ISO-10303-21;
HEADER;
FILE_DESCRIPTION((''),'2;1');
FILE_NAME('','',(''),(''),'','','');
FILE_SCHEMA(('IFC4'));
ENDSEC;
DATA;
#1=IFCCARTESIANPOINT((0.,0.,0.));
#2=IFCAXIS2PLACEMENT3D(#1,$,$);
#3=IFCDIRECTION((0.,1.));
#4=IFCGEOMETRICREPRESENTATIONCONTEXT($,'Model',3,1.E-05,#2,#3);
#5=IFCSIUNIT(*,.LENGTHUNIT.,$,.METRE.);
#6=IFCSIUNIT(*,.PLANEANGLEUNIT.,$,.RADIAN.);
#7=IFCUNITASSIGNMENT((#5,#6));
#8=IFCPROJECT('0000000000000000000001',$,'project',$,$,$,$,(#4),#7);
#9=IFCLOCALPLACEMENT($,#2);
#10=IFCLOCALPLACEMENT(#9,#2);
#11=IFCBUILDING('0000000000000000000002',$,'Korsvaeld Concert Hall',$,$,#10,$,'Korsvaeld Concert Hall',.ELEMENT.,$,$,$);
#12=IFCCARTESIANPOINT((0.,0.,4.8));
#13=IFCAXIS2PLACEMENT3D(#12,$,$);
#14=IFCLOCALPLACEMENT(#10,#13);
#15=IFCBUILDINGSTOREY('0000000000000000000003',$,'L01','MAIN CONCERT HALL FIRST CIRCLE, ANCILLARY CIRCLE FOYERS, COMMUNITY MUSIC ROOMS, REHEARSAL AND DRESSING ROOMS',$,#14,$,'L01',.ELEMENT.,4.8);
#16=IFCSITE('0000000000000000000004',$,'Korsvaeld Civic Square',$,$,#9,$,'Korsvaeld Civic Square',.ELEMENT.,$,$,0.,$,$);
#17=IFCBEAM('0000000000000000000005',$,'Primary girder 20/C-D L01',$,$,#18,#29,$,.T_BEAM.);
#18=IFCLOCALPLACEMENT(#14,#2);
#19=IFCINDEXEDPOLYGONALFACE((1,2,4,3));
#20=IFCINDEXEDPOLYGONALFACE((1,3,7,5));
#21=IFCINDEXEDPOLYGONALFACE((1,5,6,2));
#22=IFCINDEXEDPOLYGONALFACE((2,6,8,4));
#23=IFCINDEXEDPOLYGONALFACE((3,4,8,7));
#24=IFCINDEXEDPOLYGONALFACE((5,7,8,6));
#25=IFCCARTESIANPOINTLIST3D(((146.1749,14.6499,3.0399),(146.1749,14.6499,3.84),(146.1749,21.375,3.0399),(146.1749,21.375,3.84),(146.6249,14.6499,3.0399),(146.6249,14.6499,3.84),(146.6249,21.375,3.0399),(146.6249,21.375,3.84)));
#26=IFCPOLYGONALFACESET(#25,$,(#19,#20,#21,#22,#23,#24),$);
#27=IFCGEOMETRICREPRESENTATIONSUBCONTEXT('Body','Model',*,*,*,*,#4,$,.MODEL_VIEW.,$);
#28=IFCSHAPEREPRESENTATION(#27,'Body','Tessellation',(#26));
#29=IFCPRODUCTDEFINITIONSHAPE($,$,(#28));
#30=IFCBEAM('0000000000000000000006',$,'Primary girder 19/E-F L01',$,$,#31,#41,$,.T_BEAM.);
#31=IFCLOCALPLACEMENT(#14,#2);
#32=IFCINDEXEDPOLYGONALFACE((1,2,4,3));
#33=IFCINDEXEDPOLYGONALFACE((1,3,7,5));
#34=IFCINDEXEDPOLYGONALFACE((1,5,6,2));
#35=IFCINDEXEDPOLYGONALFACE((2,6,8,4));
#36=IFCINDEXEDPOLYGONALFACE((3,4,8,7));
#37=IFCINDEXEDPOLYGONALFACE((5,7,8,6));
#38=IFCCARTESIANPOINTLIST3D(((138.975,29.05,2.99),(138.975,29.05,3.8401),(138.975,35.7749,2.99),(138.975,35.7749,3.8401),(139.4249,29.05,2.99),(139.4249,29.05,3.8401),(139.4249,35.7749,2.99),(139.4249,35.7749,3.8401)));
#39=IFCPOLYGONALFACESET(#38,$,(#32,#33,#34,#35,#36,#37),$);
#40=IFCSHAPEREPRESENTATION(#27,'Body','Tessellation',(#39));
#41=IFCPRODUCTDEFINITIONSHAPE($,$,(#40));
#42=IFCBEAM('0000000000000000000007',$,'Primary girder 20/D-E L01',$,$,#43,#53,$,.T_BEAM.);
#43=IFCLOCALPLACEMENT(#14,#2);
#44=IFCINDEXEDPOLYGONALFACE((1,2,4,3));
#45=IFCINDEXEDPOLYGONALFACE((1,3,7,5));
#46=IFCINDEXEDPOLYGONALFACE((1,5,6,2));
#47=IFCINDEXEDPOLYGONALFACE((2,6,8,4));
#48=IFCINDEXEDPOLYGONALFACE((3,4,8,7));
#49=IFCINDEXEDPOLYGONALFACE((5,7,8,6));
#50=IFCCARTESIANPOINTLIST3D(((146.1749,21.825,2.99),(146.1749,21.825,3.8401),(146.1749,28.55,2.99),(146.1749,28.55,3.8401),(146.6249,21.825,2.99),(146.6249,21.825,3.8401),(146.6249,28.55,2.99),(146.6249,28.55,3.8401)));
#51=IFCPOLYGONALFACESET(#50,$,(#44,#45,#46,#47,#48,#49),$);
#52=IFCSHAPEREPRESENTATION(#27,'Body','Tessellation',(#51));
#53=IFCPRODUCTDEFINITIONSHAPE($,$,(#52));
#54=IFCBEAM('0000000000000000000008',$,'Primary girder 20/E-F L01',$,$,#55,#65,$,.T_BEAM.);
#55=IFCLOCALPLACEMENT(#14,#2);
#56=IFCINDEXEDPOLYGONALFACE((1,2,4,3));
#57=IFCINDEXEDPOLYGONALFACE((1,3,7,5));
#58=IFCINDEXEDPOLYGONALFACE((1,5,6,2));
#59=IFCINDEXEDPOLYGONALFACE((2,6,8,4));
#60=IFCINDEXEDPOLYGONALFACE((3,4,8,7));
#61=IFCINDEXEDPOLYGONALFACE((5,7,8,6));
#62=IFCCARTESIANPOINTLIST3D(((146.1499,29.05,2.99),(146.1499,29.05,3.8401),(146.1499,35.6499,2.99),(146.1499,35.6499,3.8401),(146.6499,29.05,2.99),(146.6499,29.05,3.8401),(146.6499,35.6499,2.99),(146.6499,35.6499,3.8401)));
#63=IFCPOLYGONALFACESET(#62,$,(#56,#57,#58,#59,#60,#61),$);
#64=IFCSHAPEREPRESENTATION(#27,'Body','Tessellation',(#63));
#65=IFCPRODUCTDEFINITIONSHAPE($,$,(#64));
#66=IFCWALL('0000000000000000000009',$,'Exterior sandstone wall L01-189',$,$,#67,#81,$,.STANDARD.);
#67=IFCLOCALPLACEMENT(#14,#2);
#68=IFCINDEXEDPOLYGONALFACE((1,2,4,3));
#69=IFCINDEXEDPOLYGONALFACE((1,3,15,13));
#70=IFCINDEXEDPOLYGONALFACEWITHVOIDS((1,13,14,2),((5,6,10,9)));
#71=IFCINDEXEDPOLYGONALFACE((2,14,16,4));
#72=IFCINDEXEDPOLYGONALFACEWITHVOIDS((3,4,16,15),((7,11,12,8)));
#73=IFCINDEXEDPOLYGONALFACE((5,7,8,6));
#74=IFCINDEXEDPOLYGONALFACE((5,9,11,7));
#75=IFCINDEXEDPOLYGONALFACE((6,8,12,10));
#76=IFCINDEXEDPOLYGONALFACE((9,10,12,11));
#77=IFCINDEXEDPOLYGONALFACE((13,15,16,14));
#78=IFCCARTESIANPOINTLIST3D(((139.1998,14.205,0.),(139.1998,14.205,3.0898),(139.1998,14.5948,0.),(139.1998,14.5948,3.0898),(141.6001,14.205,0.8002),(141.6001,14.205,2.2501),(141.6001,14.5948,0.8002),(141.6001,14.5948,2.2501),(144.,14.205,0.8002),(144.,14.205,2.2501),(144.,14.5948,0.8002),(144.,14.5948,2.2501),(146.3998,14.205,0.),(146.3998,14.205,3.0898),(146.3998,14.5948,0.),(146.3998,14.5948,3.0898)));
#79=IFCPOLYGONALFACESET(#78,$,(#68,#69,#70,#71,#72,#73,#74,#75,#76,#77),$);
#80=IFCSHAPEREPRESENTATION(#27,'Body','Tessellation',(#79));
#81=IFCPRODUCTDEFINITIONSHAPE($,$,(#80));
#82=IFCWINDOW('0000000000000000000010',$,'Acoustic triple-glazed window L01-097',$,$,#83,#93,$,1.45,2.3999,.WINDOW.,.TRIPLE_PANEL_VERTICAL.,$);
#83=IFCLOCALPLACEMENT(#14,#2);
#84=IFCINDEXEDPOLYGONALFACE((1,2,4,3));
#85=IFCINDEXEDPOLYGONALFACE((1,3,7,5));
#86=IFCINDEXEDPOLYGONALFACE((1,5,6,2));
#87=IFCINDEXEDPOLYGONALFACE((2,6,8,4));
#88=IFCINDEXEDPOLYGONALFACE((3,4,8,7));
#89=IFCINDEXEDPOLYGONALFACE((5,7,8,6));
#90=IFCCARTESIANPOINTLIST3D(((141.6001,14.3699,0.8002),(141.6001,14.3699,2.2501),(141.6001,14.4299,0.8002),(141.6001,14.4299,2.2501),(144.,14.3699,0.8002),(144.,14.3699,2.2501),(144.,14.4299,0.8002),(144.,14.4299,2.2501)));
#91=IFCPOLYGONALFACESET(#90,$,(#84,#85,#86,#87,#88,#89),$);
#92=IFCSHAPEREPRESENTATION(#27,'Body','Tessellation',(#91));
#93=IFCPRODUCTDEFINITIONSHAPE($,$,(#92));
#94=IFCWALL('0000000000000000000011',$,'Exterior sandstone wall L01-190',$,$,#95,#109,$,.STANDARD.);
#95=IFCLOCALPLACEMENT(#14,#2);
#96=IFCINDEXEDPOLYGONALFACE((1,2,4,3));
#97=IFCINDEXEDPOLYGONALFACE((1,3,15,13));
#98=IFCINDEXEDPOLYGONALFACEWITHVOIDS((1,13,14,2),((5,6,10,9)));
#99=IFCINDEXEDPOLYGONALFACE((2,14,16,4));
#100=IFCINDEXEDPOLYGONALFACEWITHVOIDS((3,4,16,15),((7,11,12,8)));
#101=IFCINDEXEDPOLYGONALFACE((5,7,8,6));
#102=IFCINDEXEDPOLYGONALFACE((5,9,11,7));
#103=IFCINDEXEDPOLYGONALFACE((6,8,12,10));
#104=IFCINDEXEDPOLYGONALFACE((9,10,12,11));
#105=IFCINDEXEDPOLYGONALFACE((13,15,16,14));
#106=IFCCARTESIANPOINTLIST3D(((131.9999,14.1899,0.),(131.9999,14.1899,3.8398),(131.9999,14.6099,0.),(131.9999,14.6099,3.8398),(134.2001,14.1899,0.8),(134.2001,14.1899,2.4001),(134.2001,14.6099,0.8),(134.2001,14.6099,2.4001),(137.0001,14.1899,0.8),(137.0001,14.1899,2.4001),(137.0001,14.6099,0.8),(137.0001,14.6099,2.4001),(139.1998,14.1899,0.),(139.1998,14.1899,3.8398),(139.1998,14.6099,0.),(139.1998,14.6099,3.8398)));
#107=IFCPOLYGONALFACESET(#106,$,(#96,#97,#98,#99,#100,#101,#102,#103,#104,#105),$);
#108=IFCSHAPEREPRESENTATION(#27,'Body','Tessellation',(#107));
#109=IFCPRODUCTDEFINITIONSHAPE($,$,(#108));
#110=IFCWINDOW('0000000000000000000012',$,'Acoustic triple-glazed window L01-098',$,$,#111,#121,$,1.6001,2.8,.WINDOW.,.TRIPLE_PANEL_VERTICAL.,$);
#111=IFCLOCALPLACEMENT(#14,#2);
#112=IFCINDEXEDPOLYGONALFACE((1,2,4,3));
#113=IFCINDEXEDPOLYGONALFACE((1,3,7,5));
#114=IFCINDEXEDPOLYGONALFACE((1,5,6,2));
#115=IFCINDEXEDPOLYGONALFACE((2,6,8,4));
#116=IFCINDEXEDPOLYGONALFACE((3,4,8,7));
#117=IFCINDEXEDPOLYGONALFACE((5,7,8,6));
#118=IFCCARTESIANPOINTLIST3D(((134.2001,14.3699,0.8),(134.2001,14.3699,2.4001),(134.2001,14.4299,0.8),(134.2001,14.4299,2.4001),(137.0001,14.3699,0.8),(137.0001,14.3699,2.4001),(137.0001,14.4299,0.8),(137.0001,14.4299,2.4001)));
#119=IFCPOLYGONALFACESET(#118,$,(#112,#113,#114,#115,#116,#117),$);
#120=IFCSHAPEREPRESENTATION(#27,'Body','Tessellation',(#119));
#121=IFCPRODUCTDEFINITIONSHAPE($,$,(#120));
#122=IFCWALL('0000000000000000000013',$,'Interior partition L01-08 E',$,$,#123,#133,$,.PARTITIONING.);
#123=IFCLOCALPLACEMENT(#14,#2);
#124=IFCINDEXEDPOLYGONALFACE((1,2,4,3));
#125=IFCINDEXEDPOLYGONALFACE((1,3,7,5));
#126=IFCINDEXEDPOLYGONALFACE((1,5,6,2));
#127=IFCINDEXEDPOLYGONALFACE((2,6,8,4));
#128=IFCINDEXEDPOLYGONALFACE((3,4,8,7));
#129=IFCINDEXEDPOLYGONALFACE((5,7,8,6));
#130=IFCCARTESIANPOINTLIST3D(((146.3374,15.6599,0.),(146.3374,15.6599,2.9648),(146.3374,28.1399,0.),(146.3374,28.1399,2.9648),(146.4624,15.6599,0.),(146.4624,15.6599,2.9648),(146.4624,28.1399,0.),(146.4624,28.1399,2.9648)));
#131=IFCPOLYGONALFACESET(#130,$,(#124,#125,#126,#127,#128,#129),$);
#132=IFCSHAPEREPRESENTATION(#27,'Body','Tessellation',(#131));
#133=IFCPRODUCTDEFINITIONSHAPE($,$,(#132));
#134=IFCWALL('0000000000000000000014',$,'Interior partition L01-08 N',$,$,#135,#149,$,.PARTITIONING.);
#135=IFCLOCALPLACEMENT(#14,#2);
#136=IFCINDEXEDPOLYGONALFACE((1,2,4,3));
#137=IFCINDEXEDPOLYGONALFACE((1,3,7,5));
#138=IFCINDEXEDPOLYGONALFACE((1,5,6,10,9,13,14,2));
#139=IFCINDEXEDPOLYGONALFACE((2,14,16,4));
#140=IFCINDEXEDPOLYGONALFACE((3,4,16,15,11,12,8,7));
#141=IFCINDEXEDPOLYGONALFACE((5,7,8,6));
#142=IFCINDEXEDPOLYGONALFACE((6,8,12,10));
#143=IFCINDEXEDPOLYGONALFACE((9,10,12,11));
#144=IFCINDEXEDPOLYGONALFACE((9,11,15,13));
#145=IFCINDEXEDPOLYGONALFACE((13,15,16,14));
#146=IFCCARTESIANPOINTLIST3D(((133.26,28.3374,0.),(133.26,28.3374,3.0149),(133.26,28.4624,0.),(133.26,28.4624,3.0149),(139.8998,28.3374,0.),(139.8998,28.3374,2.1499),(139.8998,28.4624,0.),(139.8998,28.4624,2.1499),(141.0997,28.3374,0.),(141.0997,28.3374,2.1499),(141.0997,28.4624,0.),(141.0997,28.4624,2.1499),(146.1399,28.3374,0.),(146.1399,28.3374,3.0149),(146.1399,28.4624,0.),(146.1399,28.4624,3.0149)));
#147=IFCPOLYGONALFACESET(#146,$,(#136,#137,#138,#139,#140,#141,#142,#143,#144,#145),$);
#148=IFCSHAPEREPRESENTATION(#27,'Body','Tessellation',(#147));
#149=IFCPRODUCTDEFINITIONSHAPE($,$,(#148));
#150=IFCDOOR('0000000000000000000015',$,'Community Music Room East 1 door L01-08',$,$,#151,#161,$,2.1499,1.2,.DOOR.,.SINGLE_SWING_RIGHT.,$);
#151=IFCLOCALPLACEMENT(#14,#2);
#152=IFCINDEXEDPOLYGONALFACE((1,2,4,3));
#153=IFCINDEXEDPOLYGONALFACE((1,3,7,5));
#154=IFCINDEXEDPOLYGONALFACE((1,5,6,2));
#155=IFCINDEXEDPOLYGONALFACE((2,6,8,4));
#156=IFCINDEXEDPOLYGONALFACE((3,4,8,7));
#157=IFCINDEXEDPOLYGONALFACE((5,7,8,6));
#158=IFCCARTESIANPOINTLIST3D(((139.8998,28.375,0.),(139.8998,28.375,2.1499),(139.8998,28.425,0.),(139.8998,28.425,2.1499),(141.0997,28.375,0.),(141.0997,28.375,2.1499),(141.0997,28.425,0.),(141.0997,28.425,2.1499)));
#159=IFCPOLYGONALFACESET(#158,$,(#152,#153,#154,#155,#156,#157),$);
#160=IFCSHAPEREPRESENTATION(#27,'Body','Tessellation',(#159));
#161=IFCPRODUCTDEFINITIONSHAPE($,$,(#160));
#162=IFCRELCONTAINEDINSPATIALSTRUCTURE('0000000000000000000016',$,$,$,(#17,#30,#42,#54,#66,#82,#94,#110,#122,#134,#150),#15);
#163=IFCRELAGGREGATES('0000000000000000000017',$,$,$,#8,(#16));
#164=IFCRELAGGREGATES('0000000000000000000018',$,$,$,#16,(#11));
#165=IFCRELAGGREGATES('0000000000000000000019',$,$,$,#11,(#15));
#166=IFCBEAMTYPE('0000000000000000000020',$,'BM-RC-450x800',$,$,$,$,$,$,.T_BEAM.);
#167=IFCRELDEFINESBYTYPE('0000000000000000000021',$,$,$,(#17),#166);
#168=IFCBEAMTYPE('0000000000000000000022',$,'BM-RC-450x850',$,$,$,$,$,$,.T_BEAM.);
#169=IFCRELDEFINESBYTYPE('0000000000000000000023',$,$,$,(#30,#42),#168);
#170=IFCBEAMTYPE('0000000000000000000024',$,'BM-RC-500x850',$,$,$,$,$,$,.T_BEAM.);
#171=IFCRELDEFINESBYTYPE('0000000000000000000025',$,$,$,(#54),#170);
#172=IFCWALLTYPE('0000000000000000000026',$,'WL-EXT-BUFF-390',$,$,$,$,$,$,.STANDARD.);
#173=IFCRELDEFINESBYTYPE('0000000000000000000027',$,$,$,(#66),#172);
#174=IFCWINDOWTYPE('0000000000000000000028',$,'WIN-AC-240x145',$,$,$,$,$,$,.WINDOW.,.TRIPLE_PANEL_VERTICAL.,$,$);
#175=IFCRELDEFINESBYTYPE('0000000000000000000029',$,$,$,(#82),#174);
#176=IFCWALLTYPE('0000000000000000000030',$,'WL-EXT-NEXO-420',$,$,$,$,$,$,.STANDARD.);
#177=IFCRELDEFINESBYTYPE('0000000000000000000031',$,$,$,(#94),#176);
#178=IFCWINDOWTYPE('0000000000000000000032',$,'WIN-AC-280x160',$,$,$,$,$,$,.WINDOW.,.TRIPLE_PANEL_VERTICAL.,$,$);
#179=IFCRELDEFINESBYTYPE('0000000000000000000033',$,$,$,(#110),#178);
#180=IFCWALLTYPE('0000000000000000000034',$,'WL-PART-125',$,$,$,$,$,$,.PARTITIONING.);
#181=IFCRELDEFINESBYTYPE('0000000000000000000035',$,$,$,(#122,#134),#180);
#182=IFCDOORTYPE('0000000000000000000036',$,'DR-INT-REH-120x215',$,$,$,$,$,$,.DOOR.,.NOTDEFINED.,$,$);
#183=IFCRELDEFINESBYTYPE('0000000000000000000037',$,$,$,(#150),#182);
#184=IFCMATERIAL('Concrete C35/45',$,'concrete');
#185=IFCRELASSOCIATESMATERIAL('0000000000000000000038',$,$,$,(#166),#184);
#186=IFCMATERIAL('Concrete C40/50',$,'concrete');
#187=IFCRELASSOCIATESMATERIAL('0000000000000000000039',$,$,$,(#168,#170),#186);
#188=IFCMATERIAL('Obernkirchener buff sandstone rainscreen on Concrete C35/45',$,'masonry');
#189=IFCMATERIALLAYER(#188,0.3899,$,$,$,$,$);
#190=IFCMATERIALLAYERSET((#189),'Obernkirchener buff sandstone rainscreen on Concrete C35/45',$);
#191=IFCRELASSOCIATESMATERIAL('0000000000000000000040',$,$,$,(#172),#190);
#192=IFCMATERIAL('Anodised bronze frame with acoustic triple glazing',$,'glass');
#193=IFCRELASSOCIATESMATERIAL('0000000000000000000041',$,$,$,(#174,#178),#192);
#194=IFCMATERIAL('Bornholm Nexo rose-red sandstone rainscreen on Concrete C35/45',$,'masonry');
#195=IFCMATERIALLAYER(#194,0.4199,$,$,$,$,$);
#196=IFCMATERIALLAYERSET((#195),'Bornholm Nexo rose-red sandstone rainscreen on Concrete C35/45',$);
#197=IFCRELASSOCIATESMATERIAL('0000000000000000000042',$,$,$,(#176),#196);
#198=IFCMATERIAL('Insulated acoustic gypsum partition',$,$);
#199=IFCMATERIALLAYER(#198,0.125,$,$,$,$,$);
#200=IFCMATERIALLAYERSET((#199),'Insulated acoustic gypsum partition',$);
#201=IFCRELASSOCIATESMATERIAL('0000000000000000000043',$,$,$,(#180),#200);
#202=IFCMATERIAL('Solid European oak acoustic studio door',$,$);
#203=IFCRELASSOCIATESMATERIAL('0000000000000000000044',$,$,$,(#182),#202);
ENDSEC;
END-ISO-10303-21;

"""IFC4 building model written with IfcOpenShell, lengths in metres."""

from ifc_helpers import new_model, si_unit, direction, frame, frame_2d, origin, origin_2d, place, context, subcontext, project, spatial, rectangle, extrude, material, layer, layer_set, material_profile, profile_set, type_object, element, fill, save


model = new_model("IFC4")

# Units and contexts
model_context = context("Model", 3, precision=1e-05, world=origin(), true_north=direction((0.0, 1.0)))
body_context = subcontext(model_context, "Body", "Model", "MODEL_VIEW")
ifc_project = project(units=[si_unit("LENGTHUNIT", "METRE"), si_unit("PLANEANGLEUNIT", "RADIAN")], contexts=[model_context])

# Site, building, storey
site_placement = place(None, origin())
site = spatial("IfcSite", under=ifc_project, at=site_placement, Name="Korsvaeld Civic Square", LongName="Korsvaeld Civic Square", CompositionType="ELEMENT", RefElevation=0.0)
building_placement = place(site_placement, origin())
building = spatial("IfcBuilding", under=site, at=building_placement, Name="Korsvaeld Concert Hall", LongName="Korsvaeld Concert Hall", CompositionType="ELEMENT")
storey_placement = place(building_placement, frame((0.0, 0.0, 4.8)))
storey = spatial("IfcBuildingStorey", under=building, at=storey_placement, Name="L01", Description="MAIN CONCERT HALL FIRST CIRCLE, ANCILLARY CIRCLE FOYERS, COMMUNITY MUSIC ROOMS, REHEARSAL AND DRESSING ROOMS", LongName="L01", CompositionType="ELEMENT", Elevation=4.8)

# Shared definitions
ifc_material_1 = material(Name="Concrete C40/50", Category="concrete")

# Beams
ifc_material_2 = material(Name="Concrete C35/45", Category="concrete")
ifc_material_profile_1 = material_profile(ifc_material_2, rectangle(XDim=0.45, YDim=0.8, at=origin_2d()), Name="RC 450x800")
ifc_profile_set_1 = profile_set([ifc_material_profile_1], Name="Concrete C35/45")
beam_type_1 = type_object("IfcBeamType", Name="BM-RC-450x800", PredefinedType="T_BEAM", material=ifc_profile_set_1)
for number, where, z_axis, x_axis, name in (
    (1, (146.3999, 14.6499, 3.4399), (0.0, 1.0, 0.0), (-1.0, 0.0, 0.0), "Primary girder 20/C-D L01"),
):
    element("IfcBeam", number, at=place(storey_placement, frame(where, z_axis=z_axis, x_axis=x_axis)), inside=storey, type_object=beam_type_1, Name=name, PredefinedType="T_BEAM", context=body_context, shape_type="SweptSolid", body=[
        extrude(rectangle(XDim=0.45, YDim=0.8, at=origin_2d()), origin(), (0.0, 0.0, 1.0), 6.7251),
    ])
ifc_material_profile_2 = material_profile(ifc_material_1, rectangle(XDim=0.45, YDim=0.8501, at=origin_2d()), Name="RC 450x850")
ifc_profile_set_2 = profile_set([ifc_material_profile_2], Name="Concrete C40/50")
beam_type_2 = type_object("IfcBeamType", Name="BM-RC-450x850", PredefinedType="T_BEAM", material=ifc_profile_set_2)
beam_1_placement = place(storey_placement, frame((139.2, 29.05, 3.415), z_axis=(0.0, 1.0, 0.0), x_axis=(-1.0, 0.0, 0.0)))
element("IfcBeam", 2, at=beam_1_placement, inside=storey, type_object=beam_type_2, Name="Primary girder 19/E-F L01", PredefinedType="T_BEAM", context=body_context, shape_type="SweptSolid", body=[
    extrude(rectangle(XDim=0.45, YDim=0.8501, at=origin_2d()), origin(), (0.0, 0.0, 1.0), 6.7249),
])
beam_2_placement = place(storey_placement, frame((146.3999, 21.825, 3.415), z_axis=(0.0, 1.0, 0.0), x_axis=(-1.0, 0.0, 0.0)))
element("IfcBeam", 3, at=beam_2_placement, inside=storey, type_object=beam_type_2, Name="Primary girder 20/D-E L01", PredefinedType="T_BEAM", context=body_context, shape_type="SweptSolid", body=[
    extrude(rectangle(XDim=0.45, YDim=0.8501, at=origin_2d()), origin(), (0.0, 0.0, 1.0), 6.7251),
])
ifc_material_profile_3 = material_profile(ifc_material_1, rectangle(XDim=0.5, YDim=0.8501, at=origin_2d()), Name="RC 500x850")
ifc_profile_set_3 = profile_set([ifc_material_profile_3], Name="Concrete C40/50")
beam_type_3 = type_object("IfcBeamType", Name="BM-RC-500x850", PredefinedType="T_BEAM", material=ifc_profile_set_3)
beam_3_placement = place(storey_placement, frame((146.3999, 29.05, 3.415), z_axis=(0.0, 1.0, 0.0), x_axis=(-1.0, 0.0, 0.0)))
element("IfcBeam", 4, at=beam_3_placement, inside=storey, type_object=beam_type_3, Name="Primary girder 20/E-F L01", PredefinedType="T_BEAM", context=body_context, shape_type="SweptSolid", body=[
    extrude(rectangle(XDim=0.5, YDim=0.8501, at=origin_2d()), origin(), (0.0, 0.0, 1.0), 6.5999),
])

# Walls, openings, windows
ifc_material_3 = material(Name="Obernkirchener buff sandstone rainscreen on Concrete C35/45", Category="masonry")
ifc_layer_1 = layer(ifc_material_3, 0.3899)
ifc_layer_set_1 = layer_set([ifc_layer_1], Name="Obernkirchener buff sandstone rainscreen on Concrete C35/45")
wall_type_1 = type_object("IfcWallType", Name="WL-EXT-BUFF-390", PredefinedType="STANDARD", material=ifc_layer_set_1)
wall_1_placement = place(storey_placement, frame((146.3999, 14.3999, 0.0), z_axis=(0.0, 0.0, 1.0), x_axis=(-1.0, 0.0, 0.0)))
wall_1 = element("IfcWall", 5, at=wall_1_placement, inside=storey, type_object=wall_type_1, Name="Exterior sandstone wall L01-189", PredefinedType="STANDARD", context=body_context, shape_type="SweptSolid", body=[
    extrude(rectangle(XDim=7.2, YDim=0.3899, at=frame_2d((3.6001, 0.0))), origin(), (0.0, 0.0, 1.0), 3.0898),
])
opening_1_placement = place(wall_1_placement, frame((2.3999, 0.0, 0.8)))
opening_1 = element("IfcOpeningElement", 6, at=opening_1_placement, cuts=wall_1, PredefinedType="OPENING", context=body_context, shape_type="SweptSolid", body=[
    extrude(rectangle(XDim=2.3999, YDim=1.45, at=frame_2d((1.2, 0.7251))), frame((0.0, 0.2051, 0.0), z_axis=(0.0, -1.0, 0.0), x_axis=(1.0, 0.0, 0.0)), (0.0, 0.0, 1.0), 0.4099),
])
ifc_material_4 = material(Name="Anodised bronze frame with acoustic triple glazing", Category="glass")
window_type_1 = type_object("IfcWindowType", Name="WIN-AC-240x145", PartitioningType="TRIPLE_PANEL_VERTICAL", PredefinedType="WINDOW", material=ifc_material_4)
window_1_placement = place(opening_1_placement, origin())
window_1 = element("IfcWindow", 7, at=window_1_placement, inside=storey, type_object=window_type_1, Name="Acoustic triple-glazed window L01-097", OverallHeight=1.45, OverallWidth=2.3999, PartitioningType="TRIPLE_PANEL_VERTICAL", PredefinedType="WINDOW", context=body_context, shape_type="SweptSolid", body=[
    extrude(rectangle(XDim=2.3999, YDim=1.45, at=frame_2d((1.2, 0.7251))), frame((0.0, 0.03, 0.0), z_axis=(0.0, -1.0, 0.0), x_axis=(1.0, 0.0, 0.0)), (0.0, 0.0, 1.0), 0.0601),
])
fill(opening_1, window_1)
ifc_material_5 = material(Name="Bornholm Nexo rose-red sandstone rainscreen on Concrete C35/45", Category="masonry")
ifc_layer_2 = layer(ifc_material_5, 0.4199)
ifc_layer_set_2 = layer_set([ifc_layer_2], Name="Bornholm Nexo rose-red sandstone rainscreen on Concrete C35/45")
wall_type_2 = type_object("IfcWallType", Name="WL-EXT-NEXO-420", PredefinedType="STANDARD", material=ifc_layer_set_2)
wall_2_placement = place(storey_placement, frame((139.2, 14.3999, 0.0), z_axis=(0.0, 0.0, 1.0), x_axis=(-1.0, 0.0, 0.0)))
wall_2 = element("IfcWall", 8, at=wall_2_placement, inside=storey, type_object=wall_type_2, Name="Exterior sandstone wall L01-190", PredefinedType="STANDARD", context=body_context, shape_type="SweptSolid", body=[
    extrude(rectangle(XDim=7.2, YDim=0.4199, at=frame_2d((3.6001, 0.0))), origin(), (0.0, 0.0, 1.0), 3.8398),
])
opening_2_placement = place(wall_2_placement, frame((2.2, 0.0, 0.8)))
opening_2 = element("IfcOpeningElement", 9, at=opening_2_placement, cuts=wall_2, PredefinedType="OPENING", context=body_context, shape_type="SweptSolid", body=[
    extrude(rectangle(XDim=2.8, YDim=1.6001, at=frame_2d((1.3999, 0.8))), frame((0.0, 0.22, 0.0), z_axis=(0.0, -1.0, 0.0), x_axis=(1.0, 0.0, 0.0)), (0.0, 0.0, 1.0), 0.4399),
])
window_type_2 = type_object("IfcWindowType", Name="WIN-AC-280x160", PartitioningType="TRIPLE_PANEL_VERTICAL", PredefinedType="WINDOW", material=ifc_material_4)
window_2_placement = place(opening_2_placement, origin())
window_2 = element("IfcWindow", 10, at=window_2_placement, inside=storey, type_object=window_type_2, Name="Acoustic triple-glazed window L01-098", OverallHeight=1.6001, OverallWidth=2.8, PartitioningType="TRIPLE_PANEL_VERTICAL", PredefinedType="WINDOW", context=body_context, shape_type="SweptSolid", body=[
    extrude(rectangle(XDim=2.8, YDim=1.6001, at=frame_2d((1.3999, 0.8))), frame((0.0, 0.03, 0.0), z_axis=(0.0, -1.0, 0.0), x_axis=(1.0, 0.0, 0.0)), (0.0, 0.0, 1.0), 0.0601),
])
fill(opening_2, window_2)

# Wall
ifc_material_6 = material(Name="Insulated acoustic gypsum partition")
ifc_layer_3 = layer(ifc_material_6, 0.125)
ifc_layer_set_3 = layer_set([ifc_layer_3], Name="Insulated acoustic gypsum partition")
wall_type_3 = type_object("IfcWallType", Name="WL-PART-125", PredefinedType="PARTITIONING", material=ifc_layer_set_3)
wall_3_placement = place(storey_placement, frame((146.3999, 15.6599, 0.0), z_axis=(0.0, 0.0, 1.0), x_axis=(0.0, 1.0, 0.0)))
element("IfcWall", 11, at=wall_3_placement, inside=storey, type_object=wall_type_3, Name="Interior partition L01-08 E", PredefinedType="PARTITIONING", context=body_context, shape_type="SweptSolid", body=[
    extrude(rectangle(XDim=12.48, YDim=0.125, at=frame_2d((6.24, 0.0))), origin(), (0.0, 0.0, 1.0), 2.9648),
])

# Wall, opening, door
wall_4_placement = place(storey_placement, frame((146.1399, 28.3999, 0.0), z_axis=(0.0, 0.0, 1.0), x_axis=(-1.0, 0.0, 0.0)))
wall_4 = element("IfcWall", 12, at=wall_4_placement, inside=storey, type_object=wall_type_3, Name="Interior partition L01-08 N", PredefinedType="PARTITIONING", context=body_context, shape_type="SweptSolid", body=[
    extrude(rectangle(XDim=12.8799, YDim=0.125, at=frame_2d((6.4399, 0.0))), origin(), (0.0, 0.0, 1.0), 3.0149),
])
opening_3_placement = place(wall_4_placement, frame((5.04, 0.0, 0.0)))
opening_3 = element("IfcOpeningElement", 13, at=opening_3_placement, cuts=wall_4, PredefinedType="OPENING", context=body_context, shape_type="SweptSolid", body=[
    extrude(rectangle(XDim=1.2, YDim=2.1499, at=frame_2d((0.6001, 1.075))), frame((0.0, 0.0725, 0.0), z_axis=(0.0, -1.0, 0.0), x_axis=(1.0, 0.0, 0.0)), (0.0, 0.0, 1.0), 0.145),
])
ifc_material_7 = material(Name="Solid European oak acoustic studio door")
door_type = type_object("IfcDoorType", Name="DR-INT-REH-120x215", OperationType="NOTDEFINED", PredefinedType="DOOR", material=ifc_material_7)
door_placement = place(opening_3_placement, origin())
door = element("IfcDoor", 14, at=door_placement, inside=storey, type_object=door_type, Name="Community Music Room East 1 door L01-08", OperationType="SINGLE_SWING_RIGHT", OverallHeight=2.1499, OverallWidth=1.2, PredefinedType="DOOR", context=body_context, shape_type="SweptSolid", body=[
    extrude(rectangle(XDim=1.2, YDim=2.1499, at=frame_2d((0.6001, 1.075))), frame((0.0, 0.0249, 0.0), z_axis=(0.0, -1.0, 0.0), x_axis=(1.0, 0.0, 0.0)), (0.0, 0.0, 1.0), 0.05),
])
fill(opening_3, door)

save(model, "model.ifc")
